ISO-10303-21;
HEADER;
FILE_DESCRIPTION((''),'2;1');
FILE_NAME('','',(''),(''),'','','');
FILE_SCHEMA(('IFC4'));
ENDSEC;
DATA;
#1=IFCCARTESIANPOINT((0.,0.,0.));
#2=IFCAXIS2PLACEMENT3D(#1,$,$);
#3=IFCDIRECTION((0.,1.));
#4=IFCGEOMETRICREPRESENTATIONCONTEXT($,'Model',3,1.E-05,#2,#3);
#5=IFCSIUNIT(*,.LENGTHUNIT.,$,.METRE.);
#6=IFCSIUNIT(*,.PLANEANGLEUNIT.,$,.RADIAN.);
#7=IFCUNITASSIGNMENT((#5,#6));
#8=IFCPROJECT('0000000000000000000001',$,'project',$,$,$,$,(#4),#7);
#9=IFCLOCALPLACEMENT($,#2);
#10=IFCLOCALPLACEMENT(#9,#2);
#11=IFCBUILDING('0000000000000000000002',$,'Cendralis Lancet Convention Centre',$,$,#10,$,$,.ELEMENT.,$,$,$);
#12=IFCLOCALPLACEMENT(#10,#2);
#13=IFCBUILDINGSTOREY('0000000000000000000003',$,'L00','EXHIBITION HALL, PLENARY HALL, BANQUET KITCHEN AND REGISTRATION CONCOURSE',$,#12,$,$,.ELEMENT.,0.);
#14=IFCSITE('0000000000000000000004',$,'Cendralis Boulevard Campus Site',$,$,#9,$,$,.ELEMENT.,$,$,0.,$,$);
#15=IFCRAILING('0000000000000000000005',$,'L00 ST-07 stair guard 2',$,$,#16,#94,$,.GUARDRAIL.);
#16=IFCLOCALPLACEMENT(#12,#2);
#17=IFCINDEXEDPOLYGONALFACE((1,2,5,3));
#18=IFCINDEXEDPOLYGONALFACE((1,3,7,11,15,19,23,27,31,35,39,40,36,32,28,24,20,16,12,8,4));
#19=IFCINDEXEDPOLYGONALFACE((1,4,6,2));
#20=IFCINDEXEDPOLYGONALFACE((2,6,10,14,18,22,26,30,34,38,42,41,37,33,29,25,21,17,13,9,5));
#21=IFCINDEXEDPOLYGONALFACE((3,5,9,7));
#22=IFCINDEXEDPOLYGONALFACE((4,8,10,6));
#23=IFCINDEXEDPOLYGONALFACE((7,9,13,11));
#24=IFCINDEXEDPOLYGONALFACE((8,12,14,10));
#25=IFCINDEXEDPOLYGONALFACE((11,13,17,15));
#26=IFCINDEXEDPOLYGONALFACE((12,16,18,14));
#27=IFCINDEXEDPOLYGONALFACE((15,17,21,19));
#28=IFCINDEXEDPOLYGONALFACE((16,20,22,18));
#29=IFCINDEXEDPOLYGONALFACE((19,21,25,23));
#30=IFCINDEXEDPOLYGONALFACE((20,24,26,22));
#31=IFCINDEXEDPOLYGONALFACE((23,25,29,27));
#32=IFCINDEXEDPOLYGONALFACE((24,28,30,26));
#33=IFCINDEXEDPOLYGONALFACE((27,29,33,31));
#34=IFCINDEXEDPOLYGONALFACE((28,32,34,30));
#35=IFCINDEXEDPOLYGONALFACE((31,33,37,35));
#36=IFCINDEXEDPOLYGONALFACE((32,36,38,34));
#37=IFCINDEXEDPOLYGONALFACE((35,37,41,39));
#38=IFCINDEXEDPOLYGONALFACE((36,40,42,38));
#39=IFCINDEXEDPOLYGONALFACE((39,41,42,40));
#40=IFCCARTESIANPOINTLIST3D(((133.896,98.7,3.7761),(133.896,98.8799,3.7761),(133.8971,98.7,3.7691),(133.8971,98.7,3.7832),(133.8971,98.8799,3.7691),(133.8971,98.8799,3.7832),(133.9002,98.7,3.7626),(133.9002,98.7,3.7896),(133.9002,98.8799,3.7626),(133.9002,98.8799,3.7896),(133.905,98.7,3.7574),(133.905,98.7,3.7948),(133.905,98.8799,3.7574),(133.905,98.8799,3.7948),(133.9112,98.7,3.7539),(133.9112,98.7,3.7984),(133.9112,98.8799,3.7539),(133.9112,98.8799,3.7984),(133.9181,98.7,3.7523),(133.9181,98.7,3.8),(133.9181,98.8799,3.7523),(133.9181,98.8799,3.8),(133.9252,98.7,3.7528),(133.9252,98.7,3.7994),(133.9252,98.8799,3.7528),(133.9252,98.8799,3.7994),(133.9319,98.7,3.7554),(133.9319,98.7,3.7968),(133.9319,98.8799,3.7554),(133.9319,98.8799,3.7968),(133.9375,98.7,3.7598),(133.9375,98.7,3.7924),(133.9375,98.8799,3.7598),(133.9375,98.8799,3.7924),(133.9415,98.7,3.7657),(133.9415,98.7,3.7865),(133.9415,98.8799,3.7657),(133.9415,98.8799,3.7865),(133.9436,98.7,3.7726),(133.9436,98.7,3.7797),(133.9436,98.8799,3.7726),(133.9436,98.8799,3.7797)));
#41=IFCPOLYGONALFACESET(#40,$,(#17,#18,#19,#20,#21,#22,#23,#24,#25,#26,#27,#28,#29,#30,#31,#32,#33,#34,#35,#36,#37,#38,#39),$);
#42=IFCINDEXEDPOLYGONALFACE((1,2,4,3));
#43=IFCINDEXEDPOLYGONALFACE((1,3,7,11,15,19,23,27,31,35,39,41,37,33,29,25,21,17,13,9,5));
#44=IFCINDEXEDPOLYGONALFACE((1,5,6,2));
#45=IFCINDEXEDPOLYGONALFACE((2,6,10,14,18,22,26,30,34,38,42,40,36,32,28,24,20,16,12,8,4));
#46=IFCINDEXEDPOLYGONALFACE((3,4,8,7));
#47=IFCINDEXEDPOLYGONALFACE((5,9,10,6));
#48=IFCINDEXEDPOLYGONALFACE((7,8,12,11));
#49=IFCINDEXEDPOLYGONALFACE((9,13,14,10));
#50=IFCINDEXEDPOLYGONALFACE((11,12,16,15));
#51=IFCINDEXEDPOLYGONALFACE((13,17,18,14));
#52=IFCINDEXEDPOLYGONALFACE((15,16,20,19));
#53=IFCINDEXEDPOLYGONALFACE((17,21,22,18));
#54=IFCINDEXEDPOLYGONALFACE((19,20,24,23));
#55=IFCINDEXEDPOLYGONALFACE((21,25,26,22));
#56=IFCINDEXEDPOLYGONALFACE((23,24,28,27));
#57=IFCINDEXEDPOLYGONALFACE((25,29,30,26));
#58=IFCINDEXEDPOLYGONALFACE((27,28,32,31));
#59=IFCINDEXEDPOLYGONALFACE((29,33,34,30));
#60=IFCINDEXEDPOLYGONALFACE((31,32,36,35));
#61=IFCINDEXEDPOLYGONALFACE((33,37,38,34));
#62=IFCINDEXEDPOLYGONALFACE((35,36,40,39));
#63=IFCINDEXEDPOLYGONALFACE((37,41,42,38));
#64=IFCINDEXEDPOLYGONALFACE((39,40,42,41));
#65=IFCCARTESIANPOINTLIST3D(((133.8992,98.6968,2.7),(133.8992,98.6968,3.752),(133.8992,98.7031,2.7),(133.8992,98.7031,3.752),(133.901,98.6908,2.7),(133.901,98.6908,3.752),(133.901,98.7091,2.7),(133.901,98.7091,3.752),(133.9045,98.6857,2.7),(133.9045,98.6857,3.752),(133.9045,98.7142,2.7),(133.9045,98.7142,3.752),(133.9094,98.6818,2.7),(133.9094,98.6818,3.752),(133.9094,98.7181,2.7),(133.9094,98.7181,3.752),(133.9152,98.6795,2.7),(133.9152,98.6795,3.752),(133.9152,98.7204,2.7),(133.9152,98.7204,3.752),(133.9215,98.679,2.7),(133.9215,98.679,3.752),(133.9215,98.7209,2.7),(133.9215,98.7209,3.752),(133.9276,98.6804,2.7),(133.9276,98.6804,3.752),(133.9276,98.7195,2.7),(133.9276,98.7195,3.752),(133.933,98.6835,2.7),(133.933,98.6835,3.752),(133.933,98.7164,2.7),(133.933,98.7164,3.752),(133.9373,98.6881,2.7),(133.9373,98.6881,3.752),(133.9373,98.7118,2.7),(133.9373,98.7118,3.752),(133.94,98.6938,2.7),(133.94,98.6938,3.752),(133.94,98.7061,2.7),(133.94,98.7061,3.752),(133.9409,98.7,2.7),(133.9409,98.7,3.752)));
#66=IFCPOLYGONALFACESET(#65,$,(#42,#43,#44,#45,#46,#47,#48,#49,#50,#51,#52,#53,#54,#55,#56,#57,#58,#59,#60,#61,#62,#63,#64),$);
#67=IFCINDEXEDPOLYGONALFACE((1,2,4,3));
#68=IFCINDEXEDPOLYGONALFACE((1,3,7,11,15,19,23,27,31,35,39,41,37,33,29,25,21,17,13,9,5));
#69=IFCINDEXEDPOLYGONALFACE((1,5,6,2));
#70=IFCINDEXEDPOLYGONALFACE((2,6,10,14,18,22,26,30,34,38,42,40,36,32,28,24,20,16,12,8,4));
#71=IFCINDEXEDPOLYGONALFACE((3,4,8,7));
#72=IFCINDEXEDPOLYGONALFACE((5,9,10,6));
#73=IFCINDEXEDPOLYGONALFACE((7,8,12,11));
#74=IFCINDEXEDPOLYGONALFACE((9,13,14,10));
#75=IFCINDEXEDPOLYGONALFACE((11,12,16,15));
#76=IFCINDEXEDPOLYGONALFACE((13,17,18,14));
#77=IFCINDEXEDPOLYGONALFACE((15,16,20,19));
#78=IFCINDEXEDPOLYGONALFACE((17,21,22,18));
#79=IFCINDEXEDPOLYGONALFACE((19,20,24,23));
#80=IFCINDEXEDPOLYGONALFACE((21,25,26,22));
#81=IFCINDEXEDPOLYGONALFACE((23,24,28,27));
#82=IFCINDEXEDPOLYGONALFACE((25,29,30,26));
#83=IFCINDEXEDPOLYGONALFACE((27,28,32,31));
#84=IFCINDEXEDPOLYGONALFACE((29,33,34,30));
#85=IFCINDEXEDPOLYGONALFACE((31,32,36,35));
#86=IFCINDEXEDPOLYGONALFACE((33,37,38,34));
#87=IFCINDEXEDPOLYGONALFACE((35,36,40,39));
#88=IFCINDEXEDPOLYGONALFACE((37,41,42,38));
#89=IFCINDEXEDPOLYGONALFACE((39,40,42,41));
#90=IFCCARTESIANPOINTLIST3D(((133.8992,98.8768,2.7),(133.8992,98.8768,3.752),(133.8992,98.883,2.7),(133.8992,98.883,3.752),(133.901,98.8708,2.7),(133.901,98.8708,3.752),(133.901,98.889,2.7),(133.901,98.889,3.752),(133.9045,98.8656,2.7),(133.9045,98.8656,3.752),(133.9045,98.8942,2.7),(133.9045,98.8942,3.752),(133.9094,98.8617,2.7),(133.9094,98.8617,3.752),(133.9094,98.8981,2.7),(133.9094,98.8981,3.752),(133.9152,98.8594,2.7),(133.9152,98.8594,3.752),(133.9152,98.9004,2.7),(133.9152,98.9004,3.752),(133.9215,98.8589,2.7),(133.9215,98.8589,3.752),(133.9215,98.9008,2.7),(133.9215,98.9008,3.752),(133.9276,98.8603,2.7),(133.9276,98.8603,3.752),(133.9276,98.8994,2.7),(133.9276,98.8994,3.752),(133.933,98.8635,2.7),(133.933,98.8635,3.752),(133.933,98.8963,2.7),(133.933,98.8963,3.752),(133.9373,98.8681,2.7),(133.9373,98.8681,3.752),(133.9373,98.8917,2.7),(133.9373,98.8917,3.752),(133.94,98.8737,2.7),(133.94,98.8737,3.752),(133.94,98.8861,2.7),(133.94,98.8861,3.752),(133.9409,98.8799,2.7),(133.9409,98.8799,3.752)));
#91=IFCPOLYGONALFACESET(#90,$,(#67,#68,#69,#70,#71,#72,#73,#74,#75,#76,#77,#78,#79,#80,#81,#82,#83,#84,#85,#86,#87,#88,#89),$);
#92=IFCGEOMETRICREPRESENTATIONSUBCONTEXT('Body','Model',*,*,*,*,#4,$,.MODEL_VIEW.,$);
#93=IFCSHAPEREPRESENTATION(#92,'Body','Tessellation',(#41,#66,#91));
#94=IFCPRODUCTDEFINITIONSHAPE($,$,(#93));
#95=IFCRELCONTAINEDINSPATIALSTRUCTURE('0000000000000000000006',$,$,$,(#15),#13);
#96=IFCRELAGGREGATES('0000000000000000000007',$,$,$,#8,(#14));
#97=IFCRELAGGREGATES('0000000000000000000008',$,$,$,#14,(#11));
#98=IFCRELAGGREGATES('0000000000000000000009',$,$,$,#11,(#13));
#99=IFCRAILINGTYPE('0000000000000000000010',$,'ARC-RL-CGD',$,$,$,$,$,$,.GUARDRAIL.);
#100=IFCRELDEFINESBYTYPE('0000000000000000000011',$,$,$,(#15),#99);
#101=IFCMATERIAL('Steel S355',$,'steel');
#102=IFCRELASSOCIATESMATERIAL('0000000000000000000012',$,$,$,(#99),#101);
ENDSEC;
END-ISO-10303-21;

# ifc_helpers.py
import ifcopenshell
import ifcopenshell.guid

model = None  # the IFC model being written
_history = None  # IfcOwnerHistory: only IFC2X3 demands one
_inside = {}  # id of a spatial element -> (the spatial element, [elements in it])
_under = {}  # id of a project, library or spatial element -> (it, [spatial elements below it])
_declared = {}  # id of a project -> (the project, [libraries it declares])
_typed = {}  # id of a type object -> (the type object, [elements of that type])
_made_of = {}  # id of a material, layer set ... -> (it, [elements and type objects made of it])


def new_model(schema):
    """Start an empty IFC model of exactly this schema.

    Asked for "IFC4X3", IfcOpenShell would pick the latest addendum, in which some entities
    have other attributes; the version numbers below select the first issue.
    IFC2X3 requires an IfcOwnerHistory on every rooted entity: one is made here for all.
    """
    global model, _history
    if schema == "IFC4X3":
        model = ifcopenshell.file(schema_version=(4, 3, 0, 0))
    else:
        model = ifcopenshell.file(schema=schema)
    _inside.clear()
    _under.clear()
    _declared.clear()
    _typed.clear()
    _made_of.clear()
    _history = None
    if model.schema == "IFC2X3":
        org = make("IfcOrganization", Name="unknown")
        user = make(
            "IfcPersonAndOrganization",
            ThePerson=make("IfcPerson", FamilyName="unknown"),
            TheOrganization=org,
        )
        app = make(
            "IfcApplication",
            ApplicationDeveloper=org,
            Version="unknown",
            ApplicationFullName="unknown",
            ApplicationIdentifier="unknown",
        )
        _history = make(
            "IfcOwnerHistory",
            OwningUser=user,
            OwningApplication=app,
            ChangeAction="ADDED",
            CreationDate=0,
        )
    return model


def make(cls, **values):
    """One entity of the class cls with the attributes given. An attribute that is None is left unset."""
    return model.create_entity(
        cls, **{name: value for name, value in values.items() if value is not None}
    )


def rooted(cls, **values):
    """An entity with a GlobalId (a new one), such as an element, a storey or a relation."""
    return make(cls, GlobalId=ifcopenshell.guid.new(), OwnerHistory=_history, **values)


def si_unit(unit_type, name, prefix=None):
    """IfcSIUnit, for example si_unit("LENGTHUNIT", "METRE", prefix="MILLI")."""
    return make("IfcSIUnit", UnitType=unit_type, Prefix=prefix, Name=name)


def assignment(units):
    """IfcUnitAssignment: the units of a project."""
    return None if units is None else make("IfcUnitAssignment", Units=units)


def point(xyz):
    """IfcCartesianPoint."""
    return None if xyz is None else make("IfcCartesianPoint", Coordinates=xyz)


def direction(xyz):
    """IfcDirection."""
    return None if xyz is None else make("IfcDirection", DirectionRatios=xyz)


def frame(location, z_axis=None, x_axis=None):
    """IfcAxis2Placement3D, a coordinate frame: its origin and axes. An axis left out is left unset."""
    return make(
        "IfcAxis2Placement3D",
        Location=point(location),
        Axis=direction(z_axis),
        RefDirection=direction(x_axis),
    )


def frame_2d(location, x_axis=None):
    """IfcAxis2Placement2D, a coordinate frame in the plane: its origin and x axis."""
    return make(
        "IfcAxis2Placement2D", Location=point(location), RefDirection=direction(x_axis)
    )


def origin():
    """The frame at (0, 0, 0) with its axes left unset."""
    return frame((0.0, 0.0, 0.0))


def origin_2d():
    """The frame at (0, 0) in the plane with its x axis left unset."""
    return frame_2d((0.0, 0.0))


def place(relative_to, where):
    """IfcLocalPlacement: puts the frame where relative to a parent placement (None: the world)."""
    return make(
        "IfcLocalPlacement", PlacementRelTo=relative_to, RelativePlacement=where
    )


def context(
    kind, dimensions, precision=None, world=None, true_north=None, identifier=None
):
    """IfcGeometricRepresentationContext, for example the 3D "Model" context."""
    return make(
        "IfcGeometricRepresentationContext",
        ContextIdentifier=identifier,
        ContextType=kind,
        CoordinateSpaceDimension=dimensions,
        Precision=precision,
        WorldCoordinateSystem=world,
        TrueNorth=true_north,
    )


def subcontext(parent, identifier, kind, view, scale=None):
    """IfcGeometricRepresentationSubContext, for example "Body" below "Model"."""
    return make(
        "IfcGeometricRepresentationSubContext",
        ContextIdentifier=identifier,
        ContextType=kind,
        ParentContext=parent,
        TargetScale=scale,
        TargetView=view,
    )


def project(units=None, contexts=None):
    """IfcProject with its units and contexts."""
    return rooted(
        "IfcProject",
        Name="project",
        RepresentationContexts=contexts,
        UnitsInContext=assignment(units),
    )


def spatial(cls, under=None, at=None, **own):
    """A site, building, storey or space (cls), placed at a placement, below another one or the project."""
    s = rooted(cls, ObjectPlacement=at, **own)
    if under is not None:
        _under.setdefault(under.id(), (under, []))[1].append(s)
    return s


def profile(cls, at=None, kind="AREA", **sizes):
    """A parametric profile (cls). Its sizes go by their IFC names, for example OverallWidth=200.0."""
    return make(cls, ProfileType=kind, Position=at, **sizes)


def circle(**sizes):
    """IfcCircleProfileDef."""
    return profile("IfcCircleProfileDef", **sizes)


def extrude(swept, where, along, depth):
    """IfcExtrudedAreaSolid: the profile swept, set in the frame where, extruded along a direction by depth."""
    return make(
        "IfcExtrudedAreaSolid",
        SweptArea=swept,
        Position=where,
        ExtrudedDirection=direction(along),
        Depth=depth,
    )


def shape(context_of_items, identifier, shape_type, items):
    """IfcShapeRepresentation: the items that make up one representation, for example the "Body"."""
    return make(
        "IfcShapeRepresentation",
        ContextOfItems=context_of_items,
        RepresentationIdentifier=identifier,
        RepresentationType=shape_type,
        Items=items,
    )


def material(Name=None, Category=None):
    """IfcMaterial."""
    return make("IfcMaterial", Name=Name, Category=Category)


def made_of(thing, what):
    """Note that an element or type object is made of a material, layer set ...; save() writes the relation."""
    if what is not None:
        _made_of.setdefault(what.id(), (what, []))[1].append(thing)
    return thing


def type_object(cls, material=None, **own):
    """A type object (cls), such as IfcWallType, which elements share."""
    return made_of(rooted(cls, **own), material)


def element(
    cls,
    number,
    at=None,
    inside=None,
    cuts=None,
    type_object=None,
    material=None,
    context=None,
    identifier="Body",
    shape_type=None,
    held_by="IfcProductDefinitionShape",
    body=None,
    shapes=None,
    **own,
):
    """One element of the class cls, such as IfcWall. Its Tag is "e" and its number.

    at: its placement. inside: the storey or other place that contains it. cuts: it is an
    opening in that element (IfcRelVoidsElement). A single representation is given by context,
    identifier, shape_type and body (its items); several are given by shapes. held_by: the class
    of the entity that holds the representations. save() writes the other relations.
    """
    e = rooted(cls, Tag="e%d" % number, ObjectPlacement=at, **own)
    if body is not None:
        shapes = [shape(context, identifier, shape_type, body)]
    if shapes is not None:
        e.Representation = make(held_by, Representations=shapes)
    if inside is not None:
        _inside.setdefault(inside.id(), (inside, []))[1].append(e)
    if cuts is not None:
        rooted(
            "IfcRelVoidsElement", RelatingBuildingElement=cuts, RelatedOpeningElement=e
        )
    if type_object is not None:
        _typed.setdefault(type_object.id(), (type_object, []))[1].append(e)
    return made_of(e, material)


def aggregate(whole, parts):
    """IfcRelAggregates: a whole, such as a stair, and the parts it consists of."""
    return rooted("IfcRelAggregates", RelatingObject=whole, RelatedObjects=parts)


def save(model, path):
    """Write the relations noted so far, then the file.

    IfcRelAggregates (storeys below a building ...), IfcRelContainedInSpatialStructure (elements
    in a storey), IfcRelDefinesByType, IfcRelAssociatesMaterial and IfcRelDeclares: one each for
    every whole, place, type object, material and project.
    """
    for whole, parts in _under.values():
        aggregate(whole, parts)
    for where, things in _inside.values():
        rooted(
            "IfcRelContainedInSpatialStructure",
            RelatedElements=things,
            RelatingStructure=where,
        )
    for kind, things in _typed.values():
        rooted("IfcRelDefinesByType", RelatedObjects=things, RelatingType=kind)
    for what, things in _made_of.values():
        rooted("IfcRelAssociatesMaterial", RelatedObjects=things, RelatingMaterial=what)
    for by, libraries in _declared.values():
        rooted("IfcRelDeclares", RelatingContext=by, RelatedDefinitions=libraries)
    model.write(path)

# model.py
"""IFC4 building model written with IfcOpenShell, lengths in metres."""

from ifc_helpers import new_model, si_unit, direction, frame, origin, origin_2d, place, context, subcontext, project, spatial, circle, extrude, material, type_object, element, save


model = new_model("IFC4")

# Units and contexts
model_context = context("Model", 3, precision=1e-05, world=origin(), true_north=direction((0.0, 1.0)))
body_context = subcontext(model_context, "Body", "Model", "MODEL_VIEW")
ifc_project = project(units=[si_unit("LENGTHUNIT", "METRE"), si_unit("PLANEANGLEUNIT", "RADIAN")], contexts=[model_context])

# Site, building, storey
site_placement = place(None, origin())
site = spatial("IfcSite", under=ifc_project, at=site_placement, Name="Cendralis Boulevard Campus Site", CompositionType="ELEMENT", RefElevation=0.0)
building_placement = place(site_placement, origin())
building = spatial("IfcBuilding", under=site, at=building_placement, Name="Cendralis Lancet Convention Centre", CompositionType="ELEMENT")
storey_placement = place(building_placement, origin())
storey = spatial("IfcBuildingStorey", under=building, at=storey_placement, Name="L00", Description="EXHIBITION HALL, PLENARY HALL, BANQUET KITCHEN AND REGISTRATION CONCOURSE", CompositionType="ELEMENT", Elevation=0.0)

# Shared definitions
ifc_material_1 = material(Name="Steel S355", Category="steel")

# Railing
railing_type_1 = type_object("IfcRailingType", Name="ARC-RL-CGD", PredefinedType="GUARDRAIL", material=ifc_material_1)
railing_1_placement = place(storey_placement, frame((133.9199, 98.7, 2.7)))
element("IfcRailing", 1, at=railing_1_placement, inside=storey, type_object=railing_type_1, Name="L00 ST-07 stair guard 2", PredefinedType="GUARDRAIL", context=body_context, shape_type="SweptSolid", body=[
    extrude(circle(Radius=0.0239, at=origin_2d()), frame((0.0, 0.0, 1.0762), z_axis=(0.0, 1.0, 0.0), x_axis=(-1.0, 0.0, 0.0)), (0.0, 0.0, 1.0), 0.1799),
    extrude(circle(Radius=0.021, at=origin_2d()), origin(), (0.0, 0.0, 1.0), 1.052),
    extrude(circle(Radius=0.021, at=origin_2d()), frame((0.0, 0.1799, 0.0)), (0.0, 0.0, 1.0), 1.052),
])

save(model, "model.ifc")
